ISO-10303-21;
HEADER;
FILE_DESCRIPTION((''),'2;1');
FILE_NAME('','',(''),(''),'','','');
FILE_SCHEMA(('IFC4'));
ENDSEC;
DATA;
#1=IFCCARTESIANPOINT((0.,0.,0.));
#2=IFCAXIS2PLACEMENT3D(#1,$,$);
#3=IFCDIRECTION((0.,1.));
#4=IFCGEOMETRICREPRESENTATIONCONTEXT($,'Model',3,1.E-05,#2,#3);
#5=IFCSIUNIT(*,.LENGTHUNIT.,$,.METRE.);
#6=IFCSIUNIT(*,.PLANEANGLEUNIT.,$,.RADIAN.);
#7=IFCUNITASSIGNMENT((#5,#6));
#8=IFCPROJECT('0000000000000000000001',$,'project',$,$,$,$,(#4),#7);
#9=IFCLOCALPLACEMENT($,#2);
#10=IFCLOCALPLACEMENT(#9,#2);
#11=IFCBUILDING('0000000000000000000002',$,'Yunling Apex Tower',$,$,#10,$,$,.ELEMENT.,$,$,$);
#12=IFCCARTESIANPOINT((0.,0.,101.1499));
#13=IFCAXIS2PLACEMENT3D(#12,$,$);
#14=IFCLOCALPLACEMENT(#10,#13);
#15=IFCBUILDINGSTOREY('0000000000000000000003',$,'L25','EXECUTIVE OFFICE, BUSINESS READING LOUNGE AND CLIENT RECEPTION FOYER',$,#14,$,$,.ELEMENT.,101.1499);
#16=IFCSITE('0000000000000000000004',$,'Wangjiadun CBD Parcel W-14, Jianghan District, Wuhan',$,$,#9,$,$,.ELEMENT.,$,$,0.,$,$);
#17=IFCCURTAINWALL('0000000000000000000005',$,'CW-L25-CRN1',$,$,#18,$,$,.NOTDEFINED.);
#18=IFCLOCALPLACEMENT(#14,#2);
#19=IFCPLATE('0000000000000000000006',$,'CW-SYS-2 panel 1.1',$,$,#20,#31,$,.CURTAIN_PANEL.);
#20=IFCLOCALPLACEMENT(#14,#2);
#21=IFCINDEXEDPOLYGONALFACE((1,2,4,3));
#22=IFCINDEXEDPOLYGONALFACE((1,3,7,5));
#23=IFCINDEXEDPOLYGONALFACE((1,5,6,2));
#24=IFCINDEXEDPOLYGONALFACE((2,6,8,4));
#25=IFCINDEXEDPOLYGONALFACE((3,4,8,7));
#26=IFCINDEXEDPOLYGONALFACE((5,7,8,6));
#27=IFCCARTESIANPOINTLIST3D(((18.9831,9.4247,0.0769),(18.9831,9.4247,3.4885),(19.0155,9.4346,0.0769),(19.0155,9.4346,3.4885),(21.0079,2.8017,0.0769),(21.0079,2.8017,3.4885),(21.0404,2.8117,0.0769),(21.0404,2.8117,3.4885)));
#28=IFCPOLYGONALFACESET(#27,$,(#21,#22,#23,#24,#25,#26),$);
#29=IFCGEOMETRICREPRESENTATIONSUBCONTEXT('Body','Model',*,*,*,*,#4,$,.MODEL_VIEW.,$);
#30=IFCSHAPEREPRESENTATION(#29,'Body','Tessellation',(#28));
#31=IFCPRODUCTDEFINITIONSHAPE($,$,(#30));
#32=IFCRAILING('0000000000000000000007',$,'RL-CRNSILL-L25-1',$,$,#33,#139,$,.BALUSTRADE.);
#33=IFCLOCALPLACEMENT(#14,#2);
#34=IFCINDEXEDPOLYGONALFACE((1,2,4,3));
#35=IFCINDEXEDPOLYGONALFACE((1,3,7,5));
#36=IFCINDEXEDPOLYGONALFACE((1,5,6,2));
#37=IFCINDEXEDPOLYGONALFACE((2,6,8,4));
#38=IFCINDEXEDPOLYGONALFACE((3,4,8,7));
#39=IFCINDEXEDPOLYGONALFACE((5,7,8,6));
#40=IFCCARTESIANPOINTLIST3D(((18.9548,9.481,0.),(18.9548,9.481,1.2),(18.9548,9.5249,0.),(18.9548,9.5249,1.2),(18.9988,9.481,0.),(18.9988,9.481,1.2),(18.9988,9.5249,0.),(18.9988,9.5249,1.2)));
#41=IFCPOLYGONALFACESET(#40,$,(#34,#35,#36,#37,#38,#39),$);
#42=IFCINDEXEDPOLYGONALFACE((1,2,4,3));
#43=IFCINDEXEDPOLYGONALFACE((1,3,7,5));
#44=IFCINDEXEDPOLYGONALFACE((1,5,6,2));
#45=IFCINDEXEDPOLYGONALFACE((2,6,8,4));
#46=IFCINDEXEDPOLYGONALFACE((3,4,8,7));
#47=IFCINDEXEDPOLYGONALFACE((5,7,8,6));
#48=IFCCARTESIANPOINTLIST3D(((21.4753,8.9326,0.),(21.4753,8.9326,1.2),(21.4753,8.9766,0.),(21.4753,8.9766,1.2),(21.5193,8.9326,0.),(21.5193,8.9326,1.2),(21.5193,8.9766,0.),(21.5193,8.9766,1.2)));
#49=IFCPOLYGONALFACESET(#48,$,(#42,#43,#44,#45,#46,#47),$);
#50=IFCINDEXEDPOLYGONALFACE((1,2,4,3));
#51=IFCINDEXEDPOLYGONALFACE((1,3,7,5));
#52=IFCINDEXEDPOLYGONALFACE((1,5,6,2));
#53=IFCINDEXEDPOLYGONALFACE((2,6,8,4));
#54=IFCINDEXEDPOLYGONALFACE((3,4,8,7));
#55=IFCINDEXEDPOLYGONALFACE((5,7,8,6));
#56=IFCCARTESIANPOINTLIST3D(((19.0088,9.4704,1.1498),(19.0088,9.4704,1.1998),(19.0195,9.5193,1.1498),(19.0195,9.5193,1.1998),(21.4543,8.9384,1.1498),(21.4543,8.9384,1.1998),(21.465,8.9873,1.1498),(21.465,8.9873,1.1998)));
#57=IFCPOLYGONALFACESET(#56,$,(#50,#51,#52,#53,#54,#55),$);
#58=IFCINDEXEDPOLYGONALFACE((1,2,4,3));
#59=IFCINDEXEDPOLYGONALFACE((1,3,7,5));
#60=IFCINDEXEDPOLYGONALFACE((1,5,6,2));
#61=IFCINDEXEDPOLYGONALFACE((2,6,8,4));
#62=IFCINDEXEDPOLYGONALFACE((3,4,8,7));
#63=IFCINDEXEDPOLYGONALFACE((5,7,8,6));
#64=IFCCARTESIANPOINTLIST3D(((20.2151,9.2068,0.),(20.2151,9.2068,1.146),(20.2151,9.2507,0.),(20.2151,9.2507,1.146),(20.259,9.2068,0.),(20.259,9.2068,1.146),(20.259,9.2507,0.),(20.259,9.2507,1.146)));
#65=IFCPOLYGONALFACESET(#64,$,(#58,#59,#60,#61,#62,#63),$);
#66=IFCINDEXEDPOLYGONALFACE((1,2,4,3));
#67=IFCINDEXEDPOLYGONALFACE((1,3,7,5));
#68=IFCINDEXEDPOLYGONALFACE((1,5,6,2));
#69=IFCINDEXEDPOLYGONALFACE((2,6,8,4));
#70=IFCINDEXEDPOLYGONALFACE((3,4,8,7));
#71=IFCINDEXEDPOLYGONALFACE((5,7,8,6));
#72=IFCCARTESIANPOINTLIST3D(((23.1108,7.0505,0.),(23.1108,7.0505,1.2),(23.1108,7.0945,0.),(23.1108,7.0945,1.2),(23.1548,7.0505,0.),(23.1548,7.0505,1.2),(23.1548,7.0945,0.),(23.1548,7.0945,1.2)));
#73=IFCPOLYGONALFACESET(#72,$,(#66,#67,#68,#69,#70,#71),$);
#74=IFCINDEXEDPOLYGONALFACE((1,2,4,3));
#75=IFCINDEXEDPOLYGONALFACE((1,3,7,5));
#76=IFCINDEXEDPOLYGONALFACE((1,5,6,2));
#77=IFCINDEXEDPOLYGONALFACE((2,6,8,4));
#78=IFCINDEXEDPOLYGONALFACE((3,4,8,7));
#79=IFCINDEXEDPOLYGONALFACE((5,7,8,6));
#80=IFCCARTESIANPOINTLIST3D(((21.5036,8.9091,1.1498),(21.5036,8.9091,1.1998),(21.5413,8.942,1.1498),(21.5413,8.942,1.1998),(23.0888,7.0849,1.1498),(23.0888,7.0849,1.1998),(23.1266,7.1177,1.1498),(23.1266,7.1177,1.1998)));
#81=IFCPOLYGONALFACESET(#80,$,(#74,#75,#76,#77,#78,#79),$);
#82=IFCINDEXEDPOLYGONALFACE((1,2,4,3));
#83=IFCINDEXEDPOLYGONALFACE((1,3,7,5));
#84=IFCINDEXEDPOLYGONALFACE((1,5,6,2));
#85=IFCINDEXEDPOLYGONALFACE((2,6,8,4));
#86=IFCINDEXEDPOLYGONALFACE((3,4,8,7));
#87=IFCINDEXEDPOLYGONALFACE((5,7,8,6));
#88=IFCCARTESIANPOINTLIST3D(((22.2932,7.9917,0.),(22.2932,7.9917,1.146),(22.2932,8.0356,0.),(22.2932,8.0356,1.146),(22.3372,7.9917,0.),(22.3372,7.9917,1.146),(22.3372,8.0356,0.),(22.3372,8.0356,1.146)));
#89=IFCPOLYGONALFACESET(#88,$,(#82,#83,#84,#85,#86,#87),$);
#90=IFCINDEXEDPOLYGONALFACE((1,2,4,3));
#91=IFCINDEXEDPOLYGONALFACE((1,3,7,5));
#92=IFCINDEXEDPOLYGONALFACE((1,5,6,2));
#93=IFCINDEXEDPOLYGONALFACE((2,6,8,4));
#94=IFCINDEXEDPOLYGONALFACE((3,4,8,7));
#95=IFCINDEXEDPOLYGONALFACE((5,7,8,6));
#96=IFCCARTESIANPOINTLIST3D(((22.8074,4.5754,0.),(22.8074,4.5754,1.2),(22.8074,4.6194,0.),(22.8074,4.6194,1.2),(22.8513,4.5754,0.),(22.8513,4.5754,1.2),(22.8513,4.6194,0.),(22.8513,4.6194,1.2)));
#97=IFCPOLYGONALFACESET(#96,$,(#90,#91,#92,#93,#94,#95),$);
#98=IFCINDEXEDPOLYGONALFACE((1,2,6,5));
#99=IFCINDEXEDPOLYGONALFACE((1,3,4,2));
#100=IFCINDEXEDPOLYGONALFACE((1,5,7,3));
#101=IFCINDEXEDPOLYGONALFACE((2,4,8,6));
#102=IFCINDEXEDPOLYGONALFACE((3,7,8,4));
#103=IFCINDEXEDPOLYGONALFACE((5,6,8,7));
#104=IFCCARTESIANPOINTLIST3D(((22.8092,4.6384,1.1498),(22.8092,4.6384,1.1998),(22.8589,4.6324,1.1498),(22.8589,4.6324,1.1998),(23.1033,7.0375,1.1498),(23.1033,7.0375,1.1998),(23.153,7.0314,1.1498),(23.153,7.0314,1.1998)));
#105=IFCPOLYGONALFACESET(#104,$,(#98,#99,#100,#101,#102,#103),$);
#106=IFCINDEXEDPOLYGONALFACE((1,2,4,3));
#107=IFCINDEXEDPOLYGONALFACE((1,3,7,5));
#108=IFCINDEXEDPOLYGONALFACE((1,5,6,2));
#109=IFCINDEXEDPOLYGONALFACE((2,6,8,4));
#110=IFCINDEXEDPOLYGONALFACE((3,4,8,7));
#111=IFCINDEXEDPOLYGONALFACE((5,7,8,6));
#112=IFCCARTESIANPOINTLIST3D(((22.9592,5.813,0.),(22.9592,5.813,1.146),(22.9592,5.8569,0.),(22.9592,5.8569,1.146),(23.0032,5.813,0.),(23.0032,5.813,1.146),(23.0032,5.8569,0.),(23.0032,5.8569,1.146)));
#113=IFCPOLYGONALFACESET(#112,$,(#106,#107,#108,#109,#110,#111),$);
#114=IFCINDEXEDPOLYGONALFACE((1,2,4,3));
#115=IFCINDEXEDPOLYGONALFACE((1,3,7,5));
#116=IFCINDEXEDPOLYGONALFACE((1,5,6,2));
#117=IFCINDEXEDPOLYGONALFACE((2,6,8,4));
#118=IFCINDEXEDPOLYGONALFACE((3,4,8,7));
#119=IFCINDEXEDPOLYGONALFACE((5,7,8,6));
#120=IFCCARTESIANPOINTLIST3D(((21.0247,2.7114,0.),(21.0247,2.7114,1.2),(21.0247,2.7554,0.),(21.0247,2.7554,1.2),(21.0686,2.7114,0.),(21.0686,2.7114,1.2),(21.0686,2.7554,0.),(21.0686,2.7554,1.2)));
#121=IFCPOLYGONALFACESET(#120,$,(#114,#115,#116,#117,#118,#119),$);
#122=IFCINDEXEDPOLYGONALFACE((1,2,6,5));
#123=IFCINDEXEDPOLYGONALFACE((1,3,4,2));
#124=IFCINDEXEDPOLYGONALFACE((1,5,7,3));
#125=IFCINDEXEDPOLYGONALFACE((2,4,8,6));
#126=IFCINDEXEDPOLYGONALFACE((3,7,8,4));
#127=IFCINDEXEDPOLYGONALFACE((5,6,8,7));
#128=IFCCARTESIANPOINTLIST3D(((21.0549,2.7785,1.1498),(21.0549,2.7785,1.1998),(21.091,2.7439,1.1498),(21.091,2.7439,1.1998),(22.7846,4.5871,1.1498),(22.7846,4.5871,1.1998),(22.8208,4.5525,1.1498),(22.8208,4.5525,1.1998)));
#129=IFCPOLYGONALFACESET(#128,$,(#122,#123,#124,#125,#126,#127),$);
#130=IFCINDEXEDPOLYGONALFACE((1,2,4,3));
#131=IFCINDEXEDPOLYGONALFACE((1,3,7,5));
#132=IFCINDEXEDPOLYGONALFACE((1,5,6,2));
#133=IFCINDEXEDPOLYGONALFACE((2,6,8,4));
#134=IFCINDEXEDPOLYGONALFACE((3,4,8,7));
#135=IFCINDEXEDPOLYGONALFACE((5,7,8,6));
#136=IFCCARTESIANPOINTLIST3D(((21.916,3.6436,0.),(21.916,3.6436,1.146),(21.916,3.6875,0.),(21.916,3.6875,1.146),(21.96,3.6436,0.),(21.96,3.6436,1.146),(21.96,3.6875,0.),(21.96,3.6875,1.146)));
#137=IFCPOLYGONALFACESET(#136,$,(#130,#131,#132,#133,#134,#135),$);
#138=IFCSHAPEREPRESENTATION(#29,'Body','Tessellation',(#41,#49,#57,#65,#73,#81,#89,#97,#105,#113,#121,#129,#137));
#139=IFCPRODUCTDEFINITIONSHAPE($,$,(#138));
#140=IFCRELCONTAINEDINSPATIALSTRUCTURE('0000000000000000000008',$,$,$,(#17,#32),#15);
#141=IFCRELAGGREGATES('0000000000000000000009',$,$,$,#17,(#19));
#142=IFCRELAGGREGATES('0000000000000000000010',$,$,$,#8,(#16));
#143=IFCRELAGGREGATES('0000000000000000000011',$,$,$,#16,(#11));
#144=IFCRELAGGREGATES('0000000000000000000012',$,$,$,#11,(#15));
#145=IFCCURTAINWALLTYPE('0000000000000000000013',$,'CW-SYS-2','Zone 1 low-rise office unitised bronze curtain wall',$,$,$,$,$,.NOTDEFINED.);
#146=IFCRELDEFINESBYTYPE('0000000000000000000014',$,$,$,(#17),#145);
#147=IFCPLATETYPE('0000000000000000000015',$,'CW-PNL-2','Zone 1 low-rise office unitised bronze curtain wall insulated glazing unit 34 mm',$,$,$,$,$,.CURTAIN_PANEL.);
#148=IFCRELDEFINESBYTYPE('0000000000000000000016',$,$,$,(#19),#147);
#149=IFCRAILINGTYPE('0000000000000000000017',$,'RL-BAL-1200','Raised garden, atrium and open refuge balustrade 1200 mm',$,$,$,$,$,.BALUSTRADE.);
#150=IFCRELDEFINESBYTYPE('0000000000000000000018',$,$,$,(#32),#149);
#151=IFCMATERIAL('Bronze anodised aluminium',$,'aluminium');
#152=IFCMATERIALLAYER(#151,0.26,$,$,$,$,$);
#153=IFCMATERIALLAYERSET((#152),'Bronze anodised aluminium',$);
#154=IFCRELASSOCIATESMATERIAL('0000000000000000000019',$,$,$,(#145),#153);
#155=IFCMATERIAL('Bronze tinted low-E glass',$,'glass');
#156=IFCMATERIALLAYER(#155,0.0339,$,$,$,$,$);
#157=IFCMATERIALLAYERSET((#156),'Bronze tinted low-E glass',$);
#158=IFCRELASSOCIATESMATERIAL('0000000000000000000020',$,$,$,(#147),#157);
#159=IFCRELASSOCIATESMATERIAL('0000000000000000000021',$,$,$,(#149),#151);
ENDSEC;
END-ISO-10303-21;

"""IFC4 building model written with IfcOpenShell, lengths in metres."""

from ifc_helpers import new_model, si_unit, direction, frame, origin, origin_2d, place, context, subcontext, project, spatial, rectangle, extrude, source, transform, mapped, material, layer, layer_set, type_object, element, aggregate, save


model = new_model("IFC4")

# Units and contexts
model_context = context("Model", 3, precision=1e-05, world=origin(), true_north=direction((0.0, 1.0)))
body_context = subcontext(model_context, "Body", "Model", "MODEL_VIEW")
ifc_project = project(units=[si_unit("LENGTHUNIT", "METRE"), si_unit("PLANEANGLEUNIT", "RADIAN")], contexts=[model_context])

# Site, building, storey
site_placement = place(None, origin())
site = spatial("IfcSite", under=ifc_project, at=site_placement, Name="Wangjiadun CBD Parcel W-14, Jianghan District, Wuhan", CompositionType="ELEMENT", RefElevation=0.0)
building_placement = place(site_placement, origin())
building = spatial("IfcBuilding", under=site, at=building_placement, Name="Yunling Apex Tower", CompositionType="ELEMENT")
storey_placement = place(building_placement, frame((0.0, 0.0, 101.1499)))
storey = spatial("IfcBuildingStorey", under=building, at=storey_placement, Name="L25", Description="EXECUTIVE OFFICE, BUSINESS READING LOUNGE AND CLIENT RECEPTION FOYER", CompositionType="ELEMENT", Elevation=101.1499)

# Shared definitions
ifc_material_1 = material(Name="Bronze anodised aluminium", Category="aluminium")
ifc_layer_1 = layer(ifc_material_1, 0.26)
ifc_layer_set_1 = layer_set([ifc_layer_1], Name="Bronze anodised aluminium")
curtain_wall_type = type_object("IfcCurtainWallType", Name="CW-SYS-2", Description="Zone 1 low-rise office unitised bronze curtain wall", PredefinedType="NOTDEFINED", material=ifc_layer_set_1)

# Curtain wall
curtain_wall_1_placement = place(storey_placement, origin())
curtain_wall_1 = element("IfcCurtainWall", 1, at=curtain_wall_1_placement, inside=storey, type_object=curtain_wall_type, Name="CW-L25-CRN1", PredefinedType="NOTDEFINED")

# Plate
ifc_material_2 = material(Name="Bronze tinted low-E glass", Category="glass")
ifc_layer_2 = layer(ifc_material_2, 0.0339)
ifc_layer_set_2 = layer_set([ifc_layer_2], Name="Bronze tinted low-E glass")
plate_type = type_object("IfcPlateType", Name="CW-PNL-2", Description="Zone 1 low-rise office unitised bronze curtain wall insulated glazing unit 34 mm", PredefinedType="CURTAIN_PANEL", material=ifc_layer_set_2)
shared_shape_1 = source(origin(), body_context, "Body", "SweptSolid", [
    extrude(rectangle(XDim=6.9255, YDim=0.0339, at=origin_2d()), origin(), (0.0, 0.0, 1.0), 3.4116),
])
plate_1_placement = place(storey_placement, frame((20.0117, 6.1182, 0.0769), z_axis=(0.0, 0.0, 1.0), x_axis=(-0.292375, 0.956304, 0.0)))
plate_1 = element("IfcPlate", 2, at=plate_1_placement, type_object=plate_type, Name="CW-SYS-2 panel 1.1", PredefinedType="CURTAIN_PANEL", context=body_context, shape_type="MappedRepresentation", body=[
    mapped(shared_shape_1, transform((0.0, 0.0, 0.0), scale=1.0)),
])
aggregate(curtain_wall_1, [plate_1])

# Railing
railing_type = type_object("IfcRailingType", Name="RL-BAL-1200", Description="Raised garden, atrium and open refuge balustrade 1200 mm", PredefinedType="BALUSTRADE", material=ifc_material_1)
railing_placement = place(storey_placement, frame((18.9768, 9.5029, 0.0)))
element("IfcRailing", 3, at=railing_placement, inside=storey, type_object=railing_type, Name="RL-CRNSILL-L25-1", PredefinedType="BALUSTRADE", context=body_context, shape_type="SweptSolid", body=[
    extrude(rectangle(XDim=0.0439, YDim=0.0439, at=origin_2d()), origin(), (0.0, 0.0, 1.0), 1.2),
    extrude(rectangle(XDim=0.0439, YDim=0.0439, at=origin_2d()), frame((2.5205, -0.5483, 0.0)), (0.0, 0.0, 1.0), 1.2),
    extrude(rectangle(XDim=0.05, YDim=0.05, at=origin_2d()), frame((0.0374, -0.0081, 1.1748), z_axis=(0.977144, -0.212579, 0.0), x_axis=(0.212579, 0.977144, 0.0)), (0.0, 0.0, 1.0), 2.5027),
    extrude(rectangle(XDim=0.0439, YDim=0.0439, at=origin_2d()), frame((1.2603, -0.2742, 0.0)), (0.0, 0.0, 1.0), 1.146),
    extrude(rectangle(XDim=0.0439, YDim=0.0439, at=origin_2d()), frame((4.156, -2.4304, 0.0)), (0.0, 0.0, 1.0), 1.2),
    extrude(rectangle(XDim=0.05, YDim=0.05, at=origin_2d()), frame((2.5457, -0.5774, 1.1748), z_axis=(0.655929, -0.754823, 0.0), x_axis=(0.754823, 0.655929, 0.0)), (0.0, 0.0, 1.0), 2.4167),
    extrude(rectangle(XDim=0.0439, YDim=0.0439, at=origin_2d()), frame((3.3384, -1.4893, 0.0)), (0.0, 0.0, 1.0), 1.146),
    extrude(rectangle(XDim=0.0439, YDim=0.0439, at=origin_2d()), frame((3.8525, -4.9055, 0.0)), (0.0, 0.0, 1.0), 1.2),
    extrude(rectangle(XDim=0.05, YDim=0.05, at=origin_2d()), frame((4.1514, -2.4685, 1.1748), z_axis=(-0.121697, -0.992567, 0.0), x_axis=(0.992567, -0.121697, 0.0)), (0.0, 0.0, 1.0), 2.417),
    extrude(rectangle(XDim=0.0439, YDim=0.0439, at=origin_2d()), frame((4.0044, -3.668, 0.0)), (0.0, 0.0, 1.0), 1.146),
    extrude(rectangle(XDim=0.0439, YDim=0.0439, at=origin_2d()), frame((2.0698, -6.7695, 0.0)), (0.0, 0.0, 1.0), 1.2),
    extrude(rectangle(XDim=0.05, YDim=0.05, at=origin_2d()), frame((3.8259, -4.9331, 1.1748), z_axis=(-0.691171, -0.722691, 0.0), x_axis=(0.722691, -0.691171, 0.0)), (0.0, 0.0, 1.0), 2.5027),
    extrude(rectangle(XDim=0.0439, YDim=0.0439, at=origin_2d()), frame((2.9612, -5.8374, 0.0)), (0.0, 0.0, 1.0), 1.146),
])

save(model, "model.ifc")
